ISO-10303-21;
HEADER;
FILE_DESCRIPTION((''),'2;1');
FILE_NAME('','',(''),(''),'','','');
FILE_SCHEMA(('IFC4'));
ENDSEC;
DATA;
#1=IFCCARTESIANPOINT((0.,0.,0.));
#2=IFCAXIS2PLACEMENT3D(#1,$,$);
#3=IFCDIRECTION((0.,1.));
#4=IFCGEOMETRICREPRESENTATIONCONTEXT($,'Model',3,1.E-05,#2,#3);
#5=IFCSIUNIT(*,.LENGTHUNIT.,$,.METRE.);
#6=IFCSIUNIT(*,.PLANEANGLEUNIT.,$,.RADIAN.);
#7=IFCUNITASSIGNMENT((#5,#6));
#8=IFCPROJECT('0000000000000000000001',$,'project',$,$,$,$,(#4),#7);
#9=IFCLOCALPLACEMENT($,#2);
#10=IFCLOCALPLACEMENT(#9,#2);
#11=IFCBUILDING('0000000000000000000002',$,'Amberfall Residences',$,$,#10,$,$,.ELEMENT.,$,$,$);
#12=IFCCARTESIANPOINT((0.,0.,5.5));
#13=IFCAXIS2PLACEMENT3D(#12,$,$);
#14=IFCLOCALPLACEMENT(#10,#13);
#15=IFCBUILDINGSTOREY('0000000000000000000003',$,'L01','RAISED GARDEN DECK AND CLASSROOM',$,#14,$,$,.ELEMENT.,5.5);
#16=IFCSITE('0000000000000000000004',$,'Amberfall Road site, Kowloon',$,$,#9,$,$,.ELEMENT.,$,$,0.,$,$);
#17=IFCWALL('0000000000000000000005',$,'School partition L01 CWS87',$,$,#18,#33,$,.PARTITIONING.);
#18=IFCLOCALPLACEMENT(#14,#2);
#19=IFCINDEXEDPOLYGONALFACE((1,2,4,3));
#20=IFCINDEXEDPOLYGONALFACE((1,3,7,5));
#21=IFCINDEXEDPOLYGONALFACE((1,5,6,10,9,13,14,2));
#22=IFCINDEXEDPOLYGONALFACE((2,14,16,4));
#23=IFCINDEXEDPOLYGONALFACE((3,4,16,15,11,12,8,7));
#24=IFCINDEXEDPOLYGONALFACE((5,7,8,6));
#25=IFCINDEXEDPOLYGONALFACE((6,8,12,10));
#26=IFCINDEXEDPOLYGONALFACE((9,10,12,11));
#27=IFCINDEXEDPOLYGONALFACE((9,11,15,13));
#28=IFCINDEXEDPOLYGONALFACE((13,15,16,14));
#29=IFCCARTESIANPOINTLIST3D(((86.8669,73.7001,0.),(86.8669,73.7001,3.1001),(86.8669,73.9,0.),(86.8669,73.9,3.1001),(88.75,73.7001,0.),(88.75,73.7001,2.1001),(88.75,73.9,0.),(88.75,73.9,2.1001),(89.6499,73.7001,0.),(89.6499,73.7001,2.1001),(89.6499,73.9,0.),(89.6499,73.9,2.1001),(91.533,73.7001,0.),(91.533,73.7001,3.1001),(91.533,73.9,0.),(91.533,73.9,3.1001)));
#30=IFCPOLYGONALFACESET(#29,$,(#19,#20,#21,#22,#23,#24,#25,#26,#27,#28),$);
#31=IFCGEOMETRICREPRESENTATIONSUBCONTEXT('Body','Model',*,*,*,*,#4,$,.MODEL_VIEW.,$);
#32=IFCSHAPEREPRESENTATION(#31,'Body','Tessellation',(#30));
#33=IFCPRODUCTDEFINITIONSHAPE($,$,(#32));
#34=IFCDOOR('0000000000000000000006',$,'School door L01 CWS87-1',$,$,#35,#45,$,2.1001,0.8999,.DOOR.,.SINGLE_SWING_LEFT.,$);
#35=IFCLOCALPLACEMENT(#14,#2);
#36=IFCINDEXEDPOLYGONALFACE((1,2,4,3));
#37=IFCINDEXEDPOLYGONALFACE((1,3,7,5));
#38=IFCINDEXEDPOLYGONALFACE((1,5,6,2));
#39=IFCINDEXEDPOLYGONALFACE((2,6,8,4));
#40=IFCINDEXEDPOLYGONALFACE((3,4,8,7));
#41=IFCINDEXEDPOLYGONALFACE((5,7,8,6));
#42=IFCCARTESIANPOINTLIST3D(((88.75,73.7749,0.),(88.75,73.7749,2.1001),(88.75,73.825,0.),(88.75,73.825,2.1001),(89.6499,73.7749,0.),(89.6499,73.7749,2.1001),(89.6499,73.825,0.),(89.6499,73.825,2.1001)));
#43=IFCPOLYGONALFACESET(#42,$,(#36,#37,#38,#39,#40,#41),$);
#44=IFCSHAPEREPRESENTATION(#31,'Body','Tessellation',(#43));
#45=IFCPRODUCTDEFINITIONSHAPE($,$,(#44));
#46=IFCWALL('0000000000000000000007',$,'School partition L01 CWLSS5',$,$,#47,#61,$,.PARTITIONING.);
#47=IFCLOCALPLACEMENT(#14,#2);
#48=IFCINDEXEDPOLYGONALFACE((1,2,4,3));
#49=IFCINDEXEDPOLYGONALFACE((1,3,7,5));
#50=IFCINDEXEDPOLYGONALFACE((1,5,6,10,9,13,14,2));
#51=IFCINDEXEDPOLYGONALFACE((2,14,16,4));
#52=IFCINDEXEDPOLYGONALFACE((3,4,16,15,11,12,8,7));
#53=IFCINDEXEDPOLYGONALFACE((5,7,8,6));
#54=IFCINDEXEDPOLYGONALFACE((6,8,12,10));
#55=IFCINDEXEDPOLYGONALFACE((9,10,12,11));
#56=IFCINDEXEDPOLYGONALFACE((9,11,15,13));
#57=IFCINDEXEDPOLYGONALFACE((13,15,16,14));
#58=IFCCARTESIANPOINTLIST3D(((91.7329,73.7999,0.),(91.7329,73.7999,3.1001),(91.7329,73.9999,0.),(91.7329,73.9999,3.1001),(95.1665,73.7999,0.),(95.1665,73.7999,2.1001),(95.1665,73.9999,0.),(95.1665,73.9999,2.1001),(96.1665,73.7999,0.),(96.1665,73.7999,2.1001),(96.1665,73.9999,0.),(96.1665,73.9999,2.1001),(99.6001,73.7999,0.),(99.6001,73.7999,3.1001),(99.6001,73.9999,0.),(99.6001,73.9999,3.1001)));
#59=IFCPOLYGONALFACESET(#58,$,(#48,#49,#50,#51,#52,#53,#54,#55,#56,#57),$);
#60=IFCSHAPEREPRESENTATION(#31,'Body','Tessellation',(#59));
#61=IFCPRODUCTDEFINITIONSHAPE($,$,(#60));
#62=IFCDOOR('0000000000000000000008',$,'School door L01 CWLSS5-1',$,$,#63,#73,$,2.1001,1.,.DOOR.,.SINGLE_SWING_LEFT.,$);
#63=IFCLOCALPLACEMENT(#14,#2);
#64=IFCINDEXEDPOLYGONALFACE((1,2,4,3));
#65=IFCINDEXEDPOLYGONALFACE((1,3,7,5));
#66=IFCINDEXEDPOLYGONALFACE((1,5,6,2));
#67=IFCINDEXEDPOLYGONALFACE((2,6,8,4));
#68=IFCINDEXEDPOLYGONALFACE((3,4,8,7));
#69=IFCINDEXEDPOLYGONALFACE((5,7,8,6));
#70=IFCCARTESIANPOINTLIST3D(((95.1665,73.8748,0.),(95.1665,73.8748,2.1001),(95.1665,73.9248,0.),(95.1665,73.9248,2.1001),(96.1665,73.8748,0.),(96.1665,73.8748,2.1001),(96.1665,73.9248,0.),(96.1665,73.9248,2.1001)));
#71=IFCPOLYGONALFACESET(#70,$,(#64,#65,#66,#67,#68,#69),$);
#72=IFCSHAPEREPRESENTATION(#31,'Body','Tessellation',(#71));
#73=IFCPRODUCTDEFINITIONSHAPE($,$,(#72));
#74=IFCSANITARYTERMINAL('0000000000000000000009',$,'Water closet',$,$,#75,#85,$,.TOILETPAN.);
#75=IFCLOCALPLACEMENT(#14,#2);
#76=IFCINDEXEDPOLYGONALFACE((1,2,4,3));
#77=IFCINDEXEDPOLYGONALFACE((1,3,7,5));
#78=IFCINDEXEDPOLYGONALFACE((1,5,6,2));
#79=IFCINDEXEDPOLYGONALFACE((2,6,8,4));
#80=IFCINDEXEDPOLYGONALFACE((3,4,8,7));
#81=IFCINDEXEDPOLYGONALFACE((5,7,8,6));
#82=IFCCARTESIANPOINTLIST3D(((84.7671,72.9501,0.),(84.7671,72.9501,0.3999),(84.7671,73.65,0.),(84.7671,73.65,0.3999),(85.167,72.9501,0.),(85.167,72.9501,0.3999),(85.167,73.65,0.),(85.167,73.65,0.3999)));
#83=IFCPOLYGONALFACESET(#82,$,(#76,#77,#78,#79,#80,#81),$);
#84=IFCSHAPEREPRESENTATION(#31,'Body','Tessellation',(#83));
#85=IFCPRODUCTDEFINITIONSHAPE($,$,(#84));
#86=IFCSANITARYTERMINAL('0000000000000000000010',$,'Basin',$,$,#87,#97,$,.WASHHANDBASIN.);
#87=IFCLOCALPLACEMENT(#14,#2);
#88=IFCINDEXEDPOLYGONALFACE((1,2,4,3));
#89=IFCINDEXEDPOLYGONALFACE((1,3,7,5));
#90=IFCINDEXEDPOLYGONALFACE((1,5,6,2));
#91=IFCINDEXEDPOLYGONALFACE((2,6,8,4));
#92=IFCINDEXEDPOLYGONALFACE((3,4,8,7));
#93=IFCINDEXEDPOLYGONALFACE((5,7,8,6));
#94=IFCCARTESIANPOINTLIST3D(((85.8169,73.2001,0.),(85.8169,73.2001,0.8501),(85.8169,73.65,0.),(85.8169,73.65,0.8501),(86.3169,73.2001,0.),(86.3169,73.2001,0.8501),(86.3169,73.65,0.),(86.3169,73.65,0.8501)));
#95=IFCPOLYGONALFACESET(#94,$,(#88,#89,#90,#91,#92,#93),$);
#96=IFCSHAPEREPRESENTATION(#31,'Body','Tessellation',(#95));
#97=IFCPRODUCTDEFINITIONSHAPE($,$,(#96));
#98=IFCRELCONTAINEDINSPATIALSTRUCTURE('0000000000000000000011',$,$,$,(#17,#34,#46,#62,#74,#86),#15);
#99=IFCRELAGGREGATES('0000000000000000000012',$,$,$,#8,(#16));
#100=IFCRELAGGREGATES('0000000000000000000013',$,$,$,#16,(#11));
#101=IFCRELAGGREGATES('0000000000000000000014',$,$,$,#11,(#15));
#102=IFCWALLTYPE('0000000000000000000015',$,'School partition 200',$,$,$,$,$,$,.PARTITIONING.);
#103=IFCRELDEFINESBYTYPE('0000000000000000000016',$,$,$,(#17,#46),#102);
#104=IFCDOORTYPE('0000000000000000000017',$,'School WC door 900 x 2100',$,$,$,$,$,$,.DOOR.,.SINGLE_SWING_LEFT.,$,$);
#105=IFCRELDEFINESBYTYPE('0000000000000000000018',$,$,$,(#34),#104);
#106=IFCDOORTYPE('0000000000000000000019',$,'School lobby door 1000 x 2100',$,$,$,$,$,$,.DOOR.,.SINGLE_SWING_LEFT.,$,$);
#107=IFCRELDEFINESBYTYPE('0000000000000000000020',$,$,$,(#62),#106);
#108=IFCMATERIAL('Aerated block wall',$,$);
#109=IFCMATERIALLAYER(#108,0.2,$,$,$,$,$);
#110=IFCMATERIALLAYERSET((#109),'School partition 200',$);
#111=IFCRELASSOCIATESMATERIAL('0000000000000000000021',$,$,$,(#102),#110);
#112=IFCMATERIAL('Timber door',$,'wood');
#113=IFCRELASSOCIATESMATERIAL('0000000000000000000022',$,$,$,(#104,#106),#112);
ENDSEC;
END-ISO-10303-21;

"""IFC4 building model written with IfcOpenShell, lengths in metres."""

from ifc_helpers import new_model, si_unit, direction, frame, frame_2d, origin, origin_2d, place, context, subcontext, project, spatial, rectangle, extrude, material, layer, layer_set, type_object, element, fill, save


model = new_model("IFC4")

# Units and contexts
model_context = context("Model", 3, precision=1e-05, world=origin(), true_north=direction((0.0, 1.0)))
body_context = subcontext(model_context, "Body", "Model", "MODEL_VIEW")
ifc_project = project(units=[si_unit("LENGTHUNIT", "METRE"), si_unit("PLANEANGLEUNIT", "RADIAN")], contexts=[model_context])

# Site, building, storey
site_placement = place(None, origin())
site = spatial("IfcSite", under=ifc_project, at=site_placement, Name="Amberfall Road site, Kowloon", CompositionType="ELEMENT", RefElevation=0.0)
building_placement = place(site_placement, origin())
building = spatial("IfcBuilding", under=site, at=building_placement, Name="Amberfall Residences", CompositionType="ELEMENT")
storey_placement = place(building_placement, frame((0.0, 0.0, 5.5)))
storey = spatial("IfcBuildingStorey", under=building, at=storey_placement, Name="L01", Description="RAISED GARDEN DECK AND CLASSROOM", CompositionType="ELEMENT", Elevation=5.5)

# Shared definitions
ifc_material_1 = material(Name="Aerated block wall")

# Shared definitions
ifc_layer_1 = layer(ifc_material_1, 0.2)
ifc_layer_set_1 = layer_set([ifc_layer_1], Name="School partition 200")
wall_type_1 = type_object("IfcWallType", Name="School partition 200", PredefinedType="PARTITIONING", material=ifc_layer_set_1)
ifc_material_2 = material(Name="Timber door", Category="wood")

# Walls, openings, doors
wall_1_placement = place(storey_placement, frame((86.8669, 73.8, 0.0), z_axis=(0.0, 0.0, 1.0), x_axis=(1.0, 0.0, 0.0)))
wall_1 = element("IfcWall", 1, at=wall_1_placement, inside=storey, type_object=wall_type_1, Name="School partition L01 CWS87", PredefinedType="PARTITIONING", context=body_context, shape_type="SweptSolid", body=[
    extrude(rectangle(XDim=4.666, YDim=0.2, at=frame_2d((2.333, 0.0))), origin(), (0.0, 0.0, 1.0), 3.1001),
])
opening_1_placement = place(wall_1_placement, frame((1.8831, 0.0, 0.0)))
opening_1 = element("IfcOpeningElement", 2, at=opening_1_placement, cuts=wall_1, PredefinedType="OPENING", context=body_context, shape_type="SweptSolid", body=[
    extrude(rectangle(XDim=0.8999, YDim=2.1001, at=frame_2d((0.45, 1.05))), frame((0.0, 0.1099, 0.0), z_axis=(0.0, -1.0, 0.0), x_axis=(1.0, 0.0, 0.0)), (0.0, 0.0, 1.0), 0.22),
])
door_type_1 = type_object("IfcDoorType", Name="School WC door 900 x 2100", OperationType="SINGLE_SWING_LEFT", PredefinedType="DOOR", material=ifc_material_2)
door_1_placement = place(opening_1_placement, origin())
door_1 = element("IfcDoor", 3, at=door_1_placement, inside=storey, type_object=door_type_1, Name="School door L01 CWS87-1", OperationType="SINGLE_SWING_LEFT", OverallHeight=2.1001, OverallWidth=0.8999, PredefinedType="DOOR", context=body_context, shape_type="SweptSolid", body=[
    extrude(rectangle(XDim=0.8999, YDim=2.1001, at=frame_2d((0.45, 1.05))), frame((0.0, 0.0249, 0.0), z_axis=(0.0, -1.0, 0.0), x_axis=(1.0, 0.0, 0.0)), (0.0, 0.0, 1.0), 0.05),
])
fill(opening_1, door_1)
wall_2_placement = place(storey_placement, frame((91.7329, 73.8999, 0.0), z_axis=(0.0, 0.0, 1.0), x_axis=(1.0, 0.0, 0.0)))
wall_2 = element("IfcWall", 4, at=wall_2_placement, inside=storey, type_object=wall_type_1, Name="School partition L01 CWLSS5", PredefinedType="PARTITIONING", context=body_context, shape_type="SweptSolid", body=[
    extrude(rectangle(XDim=7.8672, YDim=0.2, at=frame_2d((3.9336, 0.0))), origin(), (0.0, 0.0, 1.0), 3.1001),
])
opening_2_placement = place(wall_2_placement, frame((3.4336, 0.0, 0.0)))
opening_2 = element("IfcOpeningElement", 5, at=opening_2_placement, cuts=wall_2, PredefinedType="OPENING", context=body_context, shape_type="SweptSolid", body=[
    extrude(rectangle(XDim=1.0, YDim=2.1001, at=frame_2d((0.5, 1.05))), frame((0.0, 0.1099, 0.0), z_axis=(0.0, -1.0, 0.0), x_axis=(1.0, 0.0, 0.0)), (0.0, 0.0, 1.0), 0.22),
])
door_type_2 = type_object("IfcDoorType", Name="School lobby door 1000 x 2100", OperationType="SINGLE_SWING_LEFT", PredefinedType="DOOR", material=ifc_material_2)
door_2_placement = place(opening_2_placement, origin())
door_2 = element("IfcDoor", 6, at=door_2_placement, inside=storey, type_object=door_type_2, Name="School door L01 CWLSS5-1", OperationType="SINGLE_SWING_LEFT", OverallHeight=2.1001, OverallWidth=1.0, PredefinedType="DOOR", context=body_context, shape_type="SweptSolid", body=[
    extrude(rectangle(XDim=1.0, YDim=2.1001, at=frame_2d((0.5, 1.05))), frame((0.0, 0.0249, 0.0), z_axis=(0.0, -1.0, 0.0), x_axis=(1.0, 0.0, 0.0)), (0.0, 0.0, 1.0), 0.05),
])
fill(opening_2, door_2)

# Sanitary terminals
sanitary_terminal_1_placement = place(storey_placement, frame((84.967, 73.3, 0.0), z_axis=(0.0, 0.0, 1.0), x_axis=(1.0, 0.0, 0.0)))
element("IfcSanitaryTerminal", 7, at=sanitary_terminal_1_placement, inside=storey, Name="Water closet", PredefinedType="TOILETPAN", context=body_context, shape_type="SweptSolid", body=[
    extrude(rectangle(XDim=0.3999, YDim=0.7, at=origin_2d()), origin(), (0.0, 0.0, 1.0), 0.3999),
])
sanitary_terminal_2_placement = place(storey_placement, frame((86.0669, 73.425, 0.0), z_axis=(0.0, 0.0, 1.0), x_axis=(1.0, 0.0, 0.0)))
element("IfcSanitaryTerminal", 8, at=sanitary_terminal_2_placement, inside=storey, Name="Basin", PredefinedType="WASHHANDBASIN", context=body_context, shape_type="SweptSolid", body=[
    extrude(rectangle(XDim=0.5, YDim=0.45, at=origin_2d()), origin(), (0.0, 0.0, 1.0), 0.8501),
])

save(model, "model.ifc")
